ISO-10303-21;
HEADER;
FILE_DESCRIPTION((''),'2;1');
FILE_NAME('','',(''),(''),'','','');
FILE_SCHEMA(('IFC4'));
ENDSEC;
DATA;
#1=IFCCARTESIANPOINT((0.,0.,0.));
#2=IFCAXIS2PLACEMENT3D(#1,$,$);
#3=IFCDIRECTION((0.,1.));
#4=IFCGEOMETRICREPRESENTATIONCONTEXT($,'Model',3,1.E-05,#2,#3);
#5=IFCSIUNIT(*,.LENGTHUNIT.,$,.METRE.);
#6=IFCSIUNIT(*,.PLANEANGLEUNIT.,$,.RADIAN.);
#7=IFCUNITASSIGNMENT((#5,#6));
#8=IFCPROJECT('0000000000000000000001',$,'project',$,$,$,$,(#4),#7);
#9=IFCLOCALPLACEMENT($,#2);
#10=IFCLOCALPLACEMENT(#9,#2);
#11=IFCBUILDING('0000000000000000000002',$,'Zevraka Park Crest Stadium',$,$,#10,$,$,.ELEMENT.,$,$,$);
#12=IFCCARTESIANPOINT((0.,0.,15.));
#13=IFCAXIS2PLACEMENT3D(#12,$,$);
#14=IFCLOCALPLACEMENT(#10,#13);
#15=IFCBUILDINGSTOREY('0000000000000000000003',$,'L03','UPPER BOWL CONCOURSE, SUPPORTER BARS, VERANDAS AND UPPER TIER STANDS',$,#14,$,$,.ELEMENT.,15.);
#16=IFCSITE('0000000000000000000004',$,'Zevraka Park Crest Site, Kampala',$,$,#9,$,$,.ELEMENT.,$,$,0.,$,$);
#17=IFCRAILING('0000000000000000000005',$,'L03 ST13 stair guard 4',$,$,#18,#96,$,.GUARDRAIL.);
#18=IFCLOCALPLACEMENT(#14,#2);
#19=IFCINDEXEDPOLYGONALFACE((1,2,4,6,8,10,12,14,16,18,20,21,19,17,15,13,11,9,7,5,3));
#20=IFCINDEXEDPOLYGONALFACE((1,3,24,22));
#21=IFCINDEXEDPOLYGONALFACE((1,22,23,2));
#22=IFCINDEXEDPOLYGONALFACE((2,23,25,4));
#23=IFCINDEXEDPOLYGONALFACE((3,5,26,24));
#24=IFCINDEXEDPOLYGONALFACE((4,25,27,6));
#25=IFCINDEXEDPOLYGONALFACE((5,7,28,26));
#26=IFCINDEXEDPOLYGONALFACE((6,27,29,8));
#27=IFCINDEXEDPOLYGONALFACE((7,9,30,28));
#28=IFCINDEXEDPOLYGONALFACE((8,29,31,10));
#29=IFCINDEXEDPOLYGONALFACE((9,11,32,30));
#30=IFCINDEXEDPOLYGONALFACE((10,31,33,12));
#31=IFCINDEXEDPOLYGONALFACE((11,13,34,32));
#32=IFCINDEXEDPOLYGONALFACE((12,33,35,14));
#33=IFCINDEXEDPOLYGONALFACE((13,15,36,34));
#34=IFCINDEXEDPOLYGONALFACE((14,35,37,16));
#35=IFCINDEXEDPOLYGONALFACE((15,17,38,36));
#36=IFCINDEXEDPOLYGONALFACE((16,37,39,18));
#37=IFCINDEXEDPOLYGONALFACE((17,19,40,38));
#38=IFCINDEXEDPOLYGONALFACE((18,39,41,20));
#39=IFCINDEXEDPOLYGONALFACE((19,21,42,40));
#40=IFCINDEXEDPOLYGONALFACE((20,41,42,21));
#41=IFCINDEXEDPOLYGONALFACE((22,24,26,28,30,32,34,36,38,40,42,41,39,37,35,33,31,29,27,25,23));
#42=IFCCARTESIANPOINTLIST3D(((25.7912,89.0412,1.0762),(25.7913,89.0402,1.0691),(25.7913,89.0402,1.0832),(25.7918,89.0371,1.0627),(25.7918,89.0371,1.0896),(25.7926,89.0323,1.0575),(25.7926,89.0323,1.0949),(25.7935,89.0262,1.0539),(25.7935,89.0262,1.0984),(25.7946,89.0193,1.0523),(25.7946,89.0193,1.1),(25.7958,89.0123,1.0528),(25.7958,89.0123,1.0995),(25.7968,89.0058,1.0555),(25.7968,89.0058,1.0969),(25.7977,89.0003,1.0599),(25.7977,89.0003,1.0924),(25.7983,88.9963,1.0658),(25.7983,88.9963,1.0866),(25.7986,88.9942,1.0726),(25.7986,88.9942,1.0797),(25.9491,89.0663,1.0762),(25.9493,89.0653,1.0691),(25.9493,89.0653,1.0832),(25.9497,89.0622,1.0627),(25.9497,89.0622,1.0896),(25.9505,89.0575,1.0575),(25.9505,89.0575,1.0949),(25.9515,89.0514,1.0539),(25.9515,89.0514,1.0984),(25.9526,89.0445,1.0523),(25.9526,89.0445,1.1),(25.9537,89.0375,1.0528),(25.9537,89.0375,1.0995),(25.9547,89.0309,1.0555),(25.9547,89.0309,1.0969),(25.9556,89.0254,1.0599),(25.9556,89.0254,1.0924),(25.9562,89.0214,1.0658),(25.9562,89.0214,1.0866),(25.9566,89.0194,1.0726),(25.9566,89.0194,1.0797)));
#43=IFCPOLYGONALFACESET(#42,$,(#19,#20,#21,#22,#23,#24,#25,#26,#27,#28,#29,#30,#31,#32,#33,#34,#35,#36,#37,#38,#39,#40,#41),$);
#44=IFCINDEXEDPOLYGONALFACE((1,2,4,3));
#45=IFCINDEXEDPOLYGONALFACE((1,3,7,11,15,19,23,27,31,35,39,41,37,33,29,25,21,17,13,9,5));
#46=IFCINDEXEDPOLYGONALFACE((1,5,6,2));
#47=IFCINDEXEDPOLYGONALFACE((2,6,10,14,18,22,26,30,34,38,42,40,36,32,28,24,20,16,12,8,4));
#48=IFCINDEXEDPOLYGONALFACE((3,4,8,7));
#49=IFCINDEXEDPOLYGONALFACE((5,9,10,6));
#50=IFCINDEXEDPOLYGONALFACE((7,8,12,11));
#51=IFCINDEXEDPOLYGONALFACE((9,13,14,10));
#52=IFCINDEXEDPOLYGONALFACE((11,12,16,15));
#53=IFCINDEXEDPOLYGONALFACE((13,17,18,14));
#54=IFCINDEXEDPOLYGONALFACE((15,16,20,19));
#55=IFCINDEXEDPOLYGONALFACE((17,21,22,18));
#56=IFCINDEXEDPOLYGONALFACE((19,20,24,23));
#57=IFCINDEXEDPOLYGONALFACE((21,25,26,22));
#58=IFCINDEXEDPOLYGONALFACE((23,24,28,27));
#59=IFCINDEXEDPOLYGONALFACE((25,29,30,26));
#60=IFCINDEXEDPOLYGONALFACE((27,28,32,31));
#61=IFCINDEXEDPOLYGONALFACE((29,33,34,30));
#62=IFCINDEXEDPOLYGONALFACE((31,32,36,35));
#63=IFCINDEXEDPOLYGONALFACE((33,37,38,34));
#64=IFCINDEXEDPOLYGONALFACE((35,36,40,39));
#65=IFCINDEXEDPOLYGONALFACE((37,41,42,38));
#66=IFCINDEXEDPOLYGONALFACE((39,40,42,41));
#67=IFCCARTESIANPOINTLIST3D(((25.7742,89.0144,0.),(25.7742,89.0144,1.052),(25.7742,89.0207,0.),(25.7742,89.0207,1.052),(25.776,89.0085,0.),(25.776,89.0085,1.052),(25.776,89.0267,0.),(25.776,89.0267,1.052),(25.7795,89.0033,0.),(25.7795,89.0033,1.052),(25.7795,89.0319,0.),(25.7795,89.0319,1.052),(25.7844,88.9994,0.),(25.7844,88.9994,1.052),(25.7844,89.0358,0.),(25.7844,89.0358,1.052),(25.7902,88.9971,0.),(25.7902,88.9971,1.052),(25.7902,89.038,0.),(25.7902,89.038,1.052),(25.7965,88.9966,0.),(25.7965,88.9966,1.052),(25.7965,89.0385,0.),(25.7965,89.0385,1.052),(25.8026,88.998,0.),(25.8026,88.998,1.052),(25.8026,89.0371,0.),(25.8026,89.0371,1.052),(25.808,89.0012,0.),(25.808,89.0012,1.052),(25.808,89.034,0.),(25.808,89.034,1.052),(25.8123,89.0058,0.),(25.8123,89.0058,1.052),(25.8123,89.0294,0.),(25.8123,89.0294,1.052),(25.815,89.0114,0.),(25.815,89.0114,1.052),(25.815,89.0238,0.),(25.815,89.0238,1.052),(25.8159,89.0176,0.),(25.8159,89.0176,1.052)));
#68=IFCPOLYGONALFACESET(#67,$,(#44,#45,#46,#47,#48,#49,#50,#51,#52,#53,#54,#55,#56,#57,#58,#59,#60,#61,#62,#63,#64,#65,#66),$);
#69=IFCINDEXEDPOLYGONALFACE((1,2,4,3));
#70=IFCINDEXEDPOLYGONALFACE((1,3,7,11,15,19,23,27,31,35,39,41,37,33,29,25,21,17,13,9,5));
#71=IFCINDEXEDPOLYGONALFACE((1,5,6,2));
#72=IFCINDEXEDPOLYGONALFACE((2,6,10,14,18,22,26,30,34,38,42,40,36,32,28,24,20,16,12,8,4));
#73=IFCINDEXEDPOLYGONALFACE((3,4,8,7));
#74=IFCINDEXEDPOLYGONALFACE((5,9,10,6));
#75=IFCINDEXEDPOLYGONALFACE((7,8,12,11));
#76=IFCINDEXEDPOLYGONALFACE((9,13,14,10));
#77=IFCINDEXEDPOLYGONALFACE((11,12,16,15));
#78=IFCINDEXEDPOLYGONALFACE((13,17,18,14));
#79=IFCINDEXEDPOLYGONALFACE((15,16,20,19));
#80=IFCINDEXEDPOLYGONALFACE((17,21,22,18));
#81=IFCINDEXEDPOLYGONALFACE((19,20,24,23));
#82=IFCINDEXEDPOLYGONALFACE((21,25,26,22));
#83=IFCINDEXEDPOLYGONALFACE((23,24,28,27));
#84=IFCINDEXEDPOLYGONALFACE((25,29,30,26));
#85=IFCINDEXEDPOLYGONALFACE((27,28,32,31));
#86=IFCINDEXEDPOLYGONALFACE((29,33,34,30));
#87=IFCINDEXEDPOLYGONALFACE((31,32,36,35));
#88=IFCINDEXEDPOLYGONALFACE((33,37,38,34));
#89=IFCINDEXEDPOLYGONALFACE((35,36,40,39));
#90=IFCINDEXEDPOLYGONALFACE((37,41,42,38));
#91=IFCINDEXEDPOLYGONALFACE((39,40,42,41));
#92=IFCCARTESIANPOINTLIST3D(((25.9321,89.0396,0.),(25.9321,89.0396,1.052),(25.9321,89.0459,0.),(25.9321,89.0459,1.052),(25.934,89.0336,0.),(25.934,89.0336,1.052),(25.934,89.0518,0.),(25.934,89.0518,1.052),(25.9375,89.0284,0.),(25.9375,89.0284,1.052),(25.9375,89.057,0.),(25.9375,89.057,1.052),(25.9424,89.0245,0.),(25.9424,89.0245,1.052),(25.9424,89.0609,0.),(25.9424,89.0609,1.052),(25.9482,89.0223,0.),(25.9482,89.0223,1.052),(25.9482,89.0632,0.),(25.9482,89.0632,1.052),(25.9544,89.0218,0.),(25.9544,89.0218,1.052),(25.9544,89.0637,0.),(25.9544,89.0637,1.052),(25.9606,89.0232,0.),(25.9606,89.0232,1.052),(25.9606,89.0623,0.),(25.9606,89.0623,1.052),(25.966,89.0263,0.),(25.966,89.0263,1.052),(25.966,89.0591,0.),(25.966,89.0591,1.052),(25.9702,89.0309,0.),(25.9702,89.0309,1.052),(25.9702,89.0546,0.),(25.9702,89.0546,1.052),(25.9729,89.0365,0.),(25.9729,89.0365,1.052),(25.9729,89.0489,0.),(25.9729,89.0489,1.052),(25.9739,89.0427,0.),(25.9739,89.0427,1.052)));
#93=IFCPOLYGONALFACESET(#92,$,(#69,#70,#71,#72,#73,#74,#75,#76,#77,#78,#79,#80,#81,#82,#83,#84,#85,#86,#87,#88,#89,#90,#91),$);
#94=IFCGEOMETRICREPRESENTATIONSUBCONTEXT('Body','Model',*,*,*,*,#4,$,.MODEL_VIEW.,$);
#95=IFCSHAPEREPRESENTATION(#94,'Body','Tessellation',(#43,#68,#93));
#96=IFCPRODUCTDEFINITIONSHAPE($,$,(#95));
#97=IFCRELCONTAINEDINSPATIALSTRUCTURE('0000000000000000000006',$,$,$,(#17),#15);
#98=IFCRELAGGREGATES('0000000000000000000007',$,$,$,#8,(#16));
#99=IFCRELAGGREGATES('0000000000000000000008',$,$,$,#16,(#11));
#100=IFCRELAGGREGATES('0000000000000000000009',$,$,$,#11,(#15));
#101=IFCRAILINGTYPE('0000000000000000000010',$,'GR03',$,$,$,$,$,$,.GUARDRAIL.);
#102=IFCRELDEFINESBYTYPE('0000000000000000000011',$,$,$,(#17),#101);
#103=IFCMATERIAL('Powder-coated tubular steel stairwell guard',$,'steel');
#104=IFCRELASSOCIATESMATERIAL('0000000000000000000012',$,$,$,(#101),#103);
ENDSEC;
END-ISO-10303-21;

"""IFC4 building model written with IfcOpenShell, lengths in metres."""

from ifc_helpers import new_model, si_unit, direction, frame, origin, origin_2d, place, context, subcontext, project, spatial, circle, extrude, material, type_object, element, save


model = new_model("IFC4")

# Units and contexts
model_context = context("Model", 3, precision=1e-05, world=origin(), true_north=direction((0.0, 1.0)))
body_context = subcontext(model_context, "Body", "Model", "MODEL_VIEW")
ifc_project = project(units=[si_unit("LENGTHUNIT", "METRE"), si_unit("PLANEANGLEUNIT", "RADIAN")], contexts=[model_context])

# Site, building, storey
site_placement = place(None, origin())
site = spatial("IfcSite", under=ifc_project, at=site_placement, Name="Zevraka Park Crest Site, Kampala", CompositionType="ELEMENT", RefElevation=0.0)
building_placement = place(site_placement, origin())
building = spatial("IfcBuilding", under=site, at=building_placement, Name="Zevraka Park Crest Stadium", CompositionType="ELEMENT")
storey_placement = place(building_placement, frame((0.0, 0.0, 15.0)))
storey = spatial("IfcBuildingStorey", under=building, at=storey_placement, Name="L03", Description="UPPER BOWL CONCOURSE, SUPPORTER BARS, VERANDAS AND UPPER TIER STANDS", CompositionType="ELEMENT", Elevation=15.0)

# Railing
ifc_material_1 = material(Name="Powder-coated tubular steel stairwell guard", Category="steel")
railing_type_1 = type_object("IfcRailingType", Name="GR03", PredefinedType="GUARDRAIL", material=ifc_material_1)
railing_1_placement = place(storey_placement, frame((25.7949, 89.0176, 0.0)))
element("IfcRailing", 1, at=railing_1_placement, inside=storey, type_object=railing_type_1, Name="L03 ST13 stair guard 4", PredefinedType="GUARDRAIL", context=body_context, shape_type="SweptSolid", body=[
    extrude(circle(Radius=0.0239, at=origin_2d()), frame((0.0, 0.0, 1.0762), z_axis=(0.987564, 0.157217, 0.0), x_axis=(-0.157217, 0.987564, 0.0)), (0.0, 0.0, 1.0), 0.1599),
    extrude(circle(Radius=0.021, at=origin_2d()), origin(), (0.0, 0.0, 1.0), 1.052),
    extrude(circle(Radius=0.021, at=origin_2d()), frame((0.158, 0.0251, 0.0)), (0.0, 0.0, 1.0), 1.052),
])

save(model, "model.ifc")
